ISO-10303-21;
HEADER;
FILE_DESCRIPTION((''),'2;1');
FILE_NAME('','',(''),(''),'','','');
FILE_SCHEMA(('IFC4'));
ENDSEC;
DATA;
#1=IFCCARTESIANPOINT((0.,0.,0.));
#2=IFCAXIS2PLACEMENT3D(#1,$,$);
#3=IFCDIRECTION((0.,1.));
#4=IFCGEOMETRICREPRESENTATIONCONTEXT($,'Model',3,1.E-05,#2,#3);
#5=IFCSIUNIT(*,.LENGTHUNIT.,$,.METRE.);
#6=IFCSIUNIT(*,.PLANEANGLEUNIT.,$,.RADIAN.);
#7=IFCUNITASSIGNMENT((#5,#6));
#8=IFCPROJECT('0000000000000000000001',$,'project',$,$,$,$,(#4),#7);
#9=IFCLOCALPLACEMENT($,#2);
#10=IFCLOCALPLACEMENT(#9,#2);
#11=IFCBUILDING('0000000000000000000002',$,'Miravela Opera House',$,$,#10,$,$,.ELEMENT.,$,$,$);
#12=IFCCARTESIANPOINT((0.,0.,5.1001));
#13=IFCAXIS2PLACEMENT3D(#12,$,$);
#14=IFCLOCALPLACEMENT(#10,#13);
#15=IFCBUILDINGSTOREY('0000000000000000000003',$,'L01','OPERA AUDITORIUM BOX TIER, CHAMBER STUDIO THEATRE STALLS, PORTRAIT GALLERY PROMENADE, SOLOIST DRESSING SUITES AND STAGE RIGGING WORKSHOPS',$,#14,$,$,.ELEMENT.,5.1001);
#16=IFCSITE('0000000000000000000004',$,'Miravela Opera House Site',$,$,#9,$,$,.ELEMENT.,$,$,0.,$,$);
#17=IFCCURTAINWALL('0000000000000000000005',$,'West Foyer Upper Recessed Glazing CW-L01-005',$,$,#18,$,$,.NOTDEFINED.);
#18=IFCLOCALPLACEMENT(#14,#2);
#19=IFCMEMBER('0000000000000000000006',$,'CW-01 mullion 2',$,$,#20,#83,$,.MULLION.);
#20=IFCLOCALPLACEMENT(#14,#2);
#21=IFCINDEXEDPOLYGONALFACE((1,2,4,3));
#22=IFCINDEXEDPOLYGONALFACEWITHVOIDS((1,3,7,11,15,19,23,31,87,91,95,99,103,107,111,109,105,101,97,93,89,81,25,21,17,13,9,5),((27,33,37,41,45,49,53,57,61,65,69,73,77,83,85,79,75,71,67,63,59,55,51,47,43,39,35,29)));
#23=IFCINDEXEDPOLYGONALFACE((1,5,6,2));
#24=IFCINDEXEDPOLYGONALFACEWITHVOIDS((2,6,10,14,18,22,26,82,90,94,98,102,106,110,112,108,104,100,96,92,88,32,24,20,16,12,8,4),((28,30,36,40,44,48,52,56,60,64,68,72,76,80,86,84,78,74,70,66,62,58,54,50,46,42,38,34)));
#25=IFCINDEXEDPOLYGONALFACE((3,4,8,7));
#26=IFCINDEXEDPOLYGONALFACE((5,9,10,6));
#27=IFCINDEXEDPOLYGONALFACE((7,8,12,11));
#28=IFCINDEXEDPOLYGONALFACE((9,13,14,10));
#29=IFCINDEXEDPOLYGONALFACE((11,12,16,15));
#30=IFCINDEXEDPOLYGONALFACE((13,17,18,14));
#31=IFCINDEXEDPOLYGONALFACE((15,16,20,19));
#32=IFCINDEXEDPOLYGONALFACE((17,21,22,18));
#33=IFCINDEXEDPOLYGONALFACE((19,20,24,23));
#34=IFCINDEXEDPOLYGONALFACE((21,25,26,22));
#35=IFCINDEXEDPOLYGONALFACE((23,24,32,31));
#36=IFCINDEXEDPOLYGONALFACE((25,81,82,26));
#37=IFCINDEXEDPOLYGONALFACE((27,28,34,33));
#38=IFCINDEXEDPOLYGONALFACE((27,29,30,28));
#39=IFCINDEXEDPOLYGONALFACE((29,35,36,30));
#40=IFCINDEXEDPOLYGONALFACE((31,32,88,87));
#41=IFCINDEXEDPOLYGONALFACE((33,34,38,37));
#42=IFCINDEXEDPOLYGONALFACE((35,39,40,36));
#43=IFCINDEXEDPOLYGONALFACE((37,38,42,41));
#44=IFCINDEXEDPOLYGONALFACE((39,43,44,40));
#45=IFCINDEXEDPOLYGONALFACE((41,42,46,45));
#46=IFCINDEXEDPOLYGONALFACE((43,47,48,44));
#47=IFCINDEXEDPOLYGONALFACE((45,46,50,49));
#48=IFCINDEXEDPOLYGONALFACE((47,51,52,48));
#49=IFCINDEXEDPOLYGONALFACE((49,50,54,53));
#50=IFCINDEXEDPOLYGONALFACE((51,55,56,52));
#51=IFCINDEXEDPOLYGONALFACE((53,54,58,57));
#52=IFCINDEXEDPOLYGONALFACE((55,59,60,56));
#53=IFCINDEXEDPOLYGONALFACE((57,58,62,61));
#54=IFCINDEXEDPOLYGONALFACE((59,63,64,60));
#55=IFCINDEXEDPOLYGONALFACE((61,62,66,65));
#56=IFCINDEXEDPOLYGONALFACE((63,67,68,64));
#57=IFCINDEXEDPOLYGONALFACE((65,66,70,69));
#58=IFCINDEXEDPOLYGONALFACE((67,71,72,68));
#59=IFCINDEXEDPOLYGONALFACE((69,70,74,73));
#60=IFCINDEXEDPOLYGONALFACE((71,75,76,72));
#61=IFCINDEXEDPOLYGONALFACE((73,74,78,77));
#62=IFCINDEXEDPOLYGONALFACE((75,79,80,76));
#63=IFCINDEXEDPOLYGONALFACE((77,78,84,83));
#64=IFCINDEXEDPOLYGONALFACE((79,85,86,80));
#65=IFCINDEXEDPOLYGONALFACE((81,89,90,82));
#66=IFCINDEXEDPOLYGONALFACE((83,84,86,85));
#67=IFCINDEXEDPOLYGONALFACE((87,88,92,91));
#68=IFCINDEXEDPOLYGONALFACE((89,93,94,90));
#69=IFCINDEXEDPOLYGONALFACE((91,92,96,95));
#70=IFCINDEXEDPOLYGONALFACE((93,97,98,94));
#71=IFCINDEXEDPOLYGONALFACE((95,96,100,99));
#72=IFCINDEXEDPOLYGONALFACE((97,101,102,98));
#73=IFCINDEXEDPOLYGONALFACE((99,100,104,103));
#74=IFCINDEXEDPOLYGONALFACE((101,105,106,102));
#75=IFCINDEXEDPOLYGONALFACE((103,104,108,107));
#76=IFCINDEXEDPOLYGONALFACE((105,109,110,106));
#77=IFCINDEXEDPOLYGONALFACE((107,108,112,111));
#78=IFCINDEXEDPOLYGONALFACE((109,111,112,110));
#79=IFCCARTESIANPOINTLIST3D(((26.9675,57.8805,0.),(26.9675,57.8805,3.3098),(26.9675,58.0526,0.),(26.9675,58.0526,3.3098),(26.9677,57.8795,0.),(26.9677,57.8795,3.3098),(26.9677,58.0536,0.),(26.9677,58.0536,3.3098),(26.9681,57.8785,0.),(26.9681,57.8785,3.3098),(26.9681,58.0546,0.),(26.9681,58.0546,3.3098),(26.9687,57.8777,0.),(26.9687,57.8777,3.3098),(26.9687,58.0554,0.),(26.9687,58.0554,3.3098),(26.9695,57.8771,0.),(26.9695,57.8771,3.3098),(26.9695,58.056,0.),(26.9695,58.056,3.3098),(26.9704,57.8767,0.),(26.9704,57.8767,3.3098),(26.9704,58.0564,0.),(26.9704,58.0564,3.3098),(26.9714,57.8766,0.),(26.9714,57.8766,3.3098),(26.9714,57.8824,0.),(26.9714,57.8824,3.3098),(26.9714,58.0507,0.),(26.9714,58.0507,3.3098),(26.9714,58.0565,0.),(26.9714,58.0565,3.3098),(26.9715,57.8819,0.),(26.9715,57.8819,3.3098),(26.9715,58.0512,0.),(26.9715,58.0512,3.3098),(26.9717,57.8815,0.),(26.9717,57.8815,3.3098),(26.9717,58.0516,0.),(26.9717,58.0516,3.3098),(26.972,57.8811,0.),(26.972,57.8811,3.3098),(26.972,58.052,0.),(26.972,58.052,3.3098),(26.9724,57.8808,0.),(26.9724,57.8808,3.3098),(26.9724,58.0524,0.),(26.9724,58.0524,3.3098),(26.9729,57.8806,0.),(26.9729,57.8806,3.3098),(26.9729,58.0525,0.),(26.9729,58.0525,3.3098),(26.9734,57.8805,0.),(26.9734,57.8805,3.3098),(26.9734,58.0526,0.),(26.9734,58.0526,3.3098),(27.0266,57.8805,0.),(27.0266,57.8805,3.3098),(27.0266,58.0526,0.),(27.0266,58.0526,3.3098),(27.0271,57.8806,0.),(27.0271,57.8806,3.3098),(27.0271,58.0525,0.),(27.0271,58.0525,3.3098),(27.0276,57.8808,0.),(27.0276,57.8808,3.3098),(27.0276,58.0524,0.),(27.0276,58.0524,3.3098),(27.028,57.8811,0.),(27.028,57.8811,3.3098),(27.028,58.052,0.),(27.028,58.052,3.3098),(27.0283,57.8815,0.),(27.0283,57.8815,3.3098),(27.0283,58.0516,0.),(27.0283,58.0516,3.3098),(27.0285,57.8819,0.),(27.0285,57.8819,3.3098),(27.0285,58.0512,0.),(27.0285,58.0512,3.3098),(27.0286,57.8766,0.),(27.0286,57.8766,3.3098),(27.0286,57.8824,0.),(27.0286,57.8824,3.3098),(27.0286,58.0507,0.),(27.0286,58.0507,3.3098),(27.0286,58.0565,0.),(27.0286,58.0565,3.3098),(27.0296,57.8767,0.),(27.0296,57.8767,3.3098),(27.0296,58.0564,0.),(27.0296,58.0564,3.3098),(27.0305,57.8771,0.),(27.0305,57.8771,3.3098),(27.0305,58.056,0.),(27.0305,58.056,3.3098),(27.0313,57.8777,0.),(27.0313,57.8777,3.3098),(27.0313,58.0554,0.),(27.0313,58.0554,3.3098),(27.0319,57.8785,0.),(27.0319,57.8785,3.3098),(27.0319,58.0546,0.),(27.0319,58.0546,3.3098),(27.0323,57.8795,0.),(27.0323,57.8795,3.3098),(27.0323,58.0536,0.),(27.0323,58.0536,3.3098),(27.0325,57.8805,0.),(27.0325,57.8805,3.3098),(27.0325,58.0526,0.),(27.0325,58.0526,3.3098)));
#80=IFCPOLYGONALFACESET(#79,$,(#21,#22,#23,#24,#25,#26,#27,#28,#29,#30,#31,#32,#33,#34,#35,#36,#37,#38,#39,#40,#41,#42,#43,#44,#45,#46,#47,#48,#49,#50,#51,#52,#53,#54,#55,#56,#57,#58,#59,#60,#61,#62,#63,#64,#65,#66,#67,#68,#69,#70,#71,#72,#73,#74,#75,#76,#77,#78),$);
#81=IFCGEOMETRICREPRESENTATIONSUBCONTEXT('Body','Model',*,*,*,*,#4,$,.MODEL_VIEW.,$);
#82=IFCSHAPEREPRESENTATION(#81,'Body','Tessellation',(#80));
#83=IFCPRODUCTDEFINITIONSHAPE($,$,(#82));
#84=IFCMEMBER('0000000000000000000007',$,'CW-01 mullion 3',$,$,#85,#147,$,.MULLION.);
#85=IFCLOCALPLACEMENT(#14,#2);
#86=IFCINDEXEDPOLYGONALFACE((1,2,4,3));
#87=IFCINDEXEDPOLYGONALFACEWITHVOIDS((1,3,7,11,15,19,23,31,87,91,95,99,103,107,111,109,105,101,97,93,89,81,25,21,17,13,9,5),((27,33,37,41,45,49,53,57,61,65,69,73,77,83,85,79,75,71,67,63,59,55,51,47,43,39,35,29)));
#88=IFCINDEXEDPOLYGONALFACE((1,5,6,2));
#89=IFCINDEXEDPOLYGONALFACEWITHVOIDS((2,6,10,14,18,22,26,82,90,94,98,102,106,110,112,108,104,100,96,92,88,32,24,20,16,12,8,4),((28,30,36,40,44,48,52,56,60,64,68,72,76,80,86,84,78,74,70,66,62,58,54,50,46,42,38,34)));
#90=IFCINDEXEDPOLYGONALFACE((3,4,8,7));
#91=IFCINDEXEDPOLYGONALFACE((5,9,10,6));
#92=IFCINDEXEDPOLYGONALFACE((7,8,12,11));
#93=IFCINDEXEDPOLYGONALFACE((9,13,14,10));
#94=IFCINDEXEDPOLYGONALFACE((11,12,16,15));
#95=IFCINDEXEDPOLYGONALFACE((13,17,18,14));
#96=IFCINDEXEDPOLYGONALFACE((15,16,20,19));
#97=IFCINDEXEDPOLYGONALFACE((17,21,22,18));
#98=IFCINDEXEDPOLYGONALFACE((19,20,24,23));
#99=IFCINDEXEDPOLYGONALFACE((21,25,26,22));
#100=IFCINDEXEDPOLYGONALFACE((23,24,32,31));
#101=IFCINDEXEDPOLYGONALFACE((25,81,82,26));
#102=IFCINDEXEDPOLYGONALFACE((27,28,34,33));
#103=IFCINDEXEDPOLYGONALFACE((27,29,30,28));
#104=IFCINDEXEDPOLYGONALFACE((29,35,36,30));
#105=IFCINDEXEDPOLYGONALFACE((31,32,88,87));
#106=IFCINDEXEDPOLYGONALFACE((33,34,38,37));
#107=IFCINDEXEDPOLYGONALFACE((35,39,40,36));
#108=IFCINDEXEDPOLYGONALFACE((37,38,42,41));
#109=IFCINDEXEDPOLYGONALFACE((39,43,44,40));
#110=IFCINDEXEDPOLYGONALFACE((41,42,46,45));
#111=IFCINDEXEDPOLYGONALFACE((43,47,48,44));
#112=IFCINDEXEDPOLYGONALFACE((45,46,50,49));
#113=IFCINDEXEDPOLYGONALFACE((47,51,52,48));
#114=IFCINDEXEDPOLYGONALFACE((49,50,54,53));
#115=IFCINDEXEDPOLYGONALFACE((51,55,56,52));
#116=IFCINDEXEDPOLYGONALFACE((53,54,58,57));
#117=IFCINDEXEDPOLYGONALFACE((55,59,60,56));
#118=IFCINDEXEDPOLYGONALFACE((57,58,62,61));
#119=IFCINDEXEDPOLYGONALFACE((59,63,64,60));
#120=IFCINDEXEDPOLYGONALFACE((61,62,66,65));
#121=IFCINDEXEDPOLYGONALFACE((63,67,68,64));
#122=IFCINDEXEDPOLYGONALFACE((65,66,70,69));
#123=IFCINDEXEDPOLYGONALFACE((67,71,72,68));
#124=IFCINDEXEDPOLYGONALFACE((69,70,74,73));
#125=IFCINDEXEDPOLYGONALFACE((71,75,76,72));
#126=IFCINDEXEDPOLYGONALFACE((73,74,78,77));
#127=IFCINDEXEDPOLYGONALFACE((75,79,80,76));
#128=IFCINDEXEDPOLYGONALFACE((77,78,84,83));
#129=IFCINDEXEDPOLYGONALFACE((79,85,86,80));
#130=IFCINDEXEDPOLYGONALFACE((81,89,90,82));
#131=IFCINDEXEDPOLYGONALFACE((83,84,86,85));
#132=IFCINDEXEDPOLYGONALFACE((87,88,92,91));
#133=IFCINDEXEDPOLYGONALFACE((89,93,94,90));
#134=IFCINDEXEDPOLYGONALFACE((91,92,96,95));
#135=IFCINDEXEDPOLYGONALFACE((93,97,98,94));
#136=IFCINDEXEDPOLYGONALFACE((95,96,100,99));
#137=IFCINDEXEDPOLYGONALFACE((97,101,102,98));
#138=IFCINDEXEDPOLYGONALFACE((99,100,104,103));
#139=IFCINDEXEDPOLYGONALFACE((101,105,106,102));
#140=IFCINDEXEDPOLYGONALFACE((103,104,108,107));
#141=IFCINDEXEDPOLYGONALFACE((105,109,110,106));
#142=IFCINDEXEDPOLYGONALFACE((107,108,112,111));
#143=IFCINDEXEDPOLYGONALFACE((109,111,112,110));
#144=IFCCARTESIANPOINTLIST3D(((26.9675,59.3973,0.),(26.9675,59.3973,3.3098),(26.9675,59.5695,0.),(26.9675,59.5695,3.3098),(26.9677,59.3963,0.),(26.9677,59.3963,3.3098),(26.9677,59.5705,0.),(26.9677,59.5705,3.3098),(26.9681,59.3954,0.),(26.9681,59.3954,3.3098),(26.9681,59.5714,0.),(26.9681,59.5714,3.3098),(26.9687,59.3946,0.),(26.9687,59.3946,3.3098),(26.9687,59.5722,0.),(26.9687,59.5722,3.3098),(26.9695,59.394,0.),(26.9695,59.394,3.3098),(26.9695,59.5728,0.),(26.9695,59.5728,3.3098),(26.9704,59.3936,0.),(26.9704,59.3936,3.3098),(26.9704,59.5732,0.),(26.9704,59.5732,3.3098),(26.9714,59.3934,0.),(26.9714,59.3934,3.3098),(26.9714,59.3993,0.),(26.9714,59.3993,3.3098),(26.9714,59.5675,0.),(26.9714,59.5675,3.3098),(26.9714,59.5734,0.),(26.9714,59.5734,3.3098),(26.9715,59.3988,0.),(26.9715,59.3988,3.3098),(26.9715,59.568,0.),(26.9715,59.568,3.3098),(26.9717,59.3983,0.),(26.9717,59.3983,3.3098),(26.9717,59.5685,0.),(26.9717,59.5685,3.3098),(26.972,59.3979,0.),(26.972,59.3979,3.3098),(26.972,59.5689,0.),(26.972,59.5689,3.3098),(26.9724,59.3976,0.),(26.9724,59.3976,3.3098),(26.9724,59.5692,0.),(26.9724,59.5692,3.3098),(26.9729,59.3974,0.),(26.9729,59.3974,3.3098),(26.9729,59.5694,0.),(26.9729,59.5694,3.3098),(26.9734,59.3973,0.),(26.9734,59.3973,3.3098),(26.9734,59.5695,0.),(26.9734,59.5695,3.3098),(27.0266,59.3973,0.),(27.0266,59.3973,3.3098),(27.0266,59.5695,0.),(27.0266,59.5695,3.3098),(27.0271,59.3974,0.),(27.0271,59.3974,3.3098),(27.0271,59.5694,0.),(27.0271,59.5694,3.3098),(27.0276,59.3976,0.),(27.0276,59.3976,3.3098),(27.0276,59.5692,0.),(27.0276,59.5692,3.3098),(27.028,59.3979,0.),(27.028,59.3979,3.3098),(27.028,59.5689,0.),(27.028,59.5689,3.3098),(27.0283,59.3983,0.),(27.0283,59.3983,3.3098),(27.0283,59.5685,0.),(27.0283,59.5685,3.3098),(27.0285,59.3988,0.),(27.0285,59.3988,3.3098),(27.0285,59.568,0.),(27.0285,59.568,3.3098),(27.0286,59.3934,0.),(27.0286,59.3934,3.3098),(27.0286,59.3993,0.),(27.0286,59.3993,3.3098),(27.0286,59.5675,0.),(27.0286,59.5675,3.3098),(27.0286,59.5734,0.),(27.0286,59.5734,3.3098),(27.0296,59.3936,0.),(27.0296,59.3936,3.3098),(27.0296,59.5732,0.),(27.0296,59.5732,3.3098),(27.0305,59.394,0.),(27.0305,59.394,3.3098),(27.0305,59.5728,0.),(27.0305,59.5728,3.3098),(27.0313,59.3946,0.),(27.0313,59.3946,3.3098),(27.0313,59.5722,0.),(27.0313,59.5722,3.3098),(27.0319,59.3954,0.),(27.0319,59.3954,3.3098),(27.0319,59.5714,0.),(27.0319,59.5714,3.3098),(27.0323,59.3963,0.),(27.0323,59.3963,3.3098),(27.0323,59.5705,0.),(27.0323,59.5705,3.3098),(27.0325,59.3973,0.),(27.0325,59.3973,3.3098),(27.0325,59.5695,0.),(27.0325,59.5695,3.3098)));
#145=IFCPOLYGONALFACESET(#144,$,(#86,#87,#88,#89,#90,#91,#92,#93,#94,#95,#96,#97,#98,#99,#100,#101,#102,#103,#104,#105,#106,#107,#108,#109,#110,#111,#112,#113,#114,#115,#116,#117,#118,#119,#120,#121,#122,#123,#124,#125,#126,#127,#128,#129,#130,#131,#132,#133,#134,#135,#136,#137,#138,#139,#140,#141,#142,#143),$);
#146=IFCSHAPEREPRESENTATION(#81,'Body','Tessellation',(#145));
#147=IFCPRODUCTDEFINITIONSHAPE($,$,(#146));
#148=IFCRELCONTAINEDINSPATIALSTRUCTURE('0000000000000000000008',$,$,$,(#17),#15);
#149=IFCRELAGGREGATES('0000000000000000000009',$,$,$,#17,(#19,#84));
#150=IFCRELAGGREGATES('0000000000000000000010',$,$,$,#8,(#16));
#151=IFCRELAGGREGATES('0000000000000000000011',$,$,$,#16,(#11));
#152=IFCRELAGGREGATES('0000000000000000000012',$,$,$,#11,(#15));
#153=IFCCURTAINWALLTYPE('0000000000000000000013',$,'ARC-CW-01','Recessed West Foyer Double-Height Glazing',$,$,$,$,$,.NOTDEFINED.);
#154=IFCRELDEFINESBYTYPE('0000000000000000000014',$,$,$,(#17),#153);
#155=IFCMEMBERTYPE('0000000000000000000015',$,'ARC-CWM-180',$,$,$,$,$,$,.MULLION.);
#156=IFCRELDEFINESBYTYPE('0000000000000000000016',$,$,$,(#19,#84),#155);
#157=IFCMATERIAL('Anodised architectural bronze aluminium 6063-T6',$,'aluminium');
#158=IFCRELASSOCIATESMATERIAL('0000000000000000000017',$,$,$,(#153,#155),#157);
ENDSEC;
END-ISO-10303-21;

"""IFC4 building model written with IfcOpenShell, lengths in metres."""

from ifc_helpers import new_model, si_unit, direction, frame, origin, origin_2d, place, context, subcontext, project, spatial, hollow_rectangle, extrude, material, material_profile, profile_set, type_object, element, aggregate, save


model = new_model("IFC4")

# Units and contexts
model_context = context("Model", 3, precision=1e-05, world=origin(), true_north=direction((0.0, 1.0)))
body_context = subcontext(model_context, "Body", "Model", "MODEL_VIEW")
ifc_project = project(units=[si_unit("LENGTHUNIT", "METRE"), si_unit("PLANEANGLEUNIT", "RADIAN")], contexts=[model_context])

# Site, building, storey
site_placement = place(None, origin())
site = spatial("IfcSite", under=ifc_project, at=site_placement, Name="Miravela Opera House Site", CompositionType="ELEMENT", RefElevation=0.0)
building_placement = place(site_placement, origin())
building = spatial("IfcBuilding", under=site, at=building_placement, Name="Miravela Opera House", CompositionType="ELEMENT")
storey_placement = place(building_placement, frame((0.0, 0.0, 5.1001)))
storey = spatial("IfcBuildingStorey", under=building, at=storey_placement, Name="L01", Description="OPERA AUDITORIUM BOX TIER, CHAMBER STUDIO THEATRE STALLS, PORTRAIT GALLERY PROMENADE, SOLOIST DRESSING SUITES AND STAGE RIGGING WORKSHOPS", CompositionType="ELEMENT", Elevation=5.1001)

# Curtain wall, members
ifc_material_1 = material(Name="Anodised architectural bronze aluminium 6063-T6", Category="aluminium")
curtain_wall_type = type_object("IfcCurtainWallType", Name="ARC-CW-01", Description="Recessed West Foyer Double-Height Glazing", PredefinedType="NOTDEFINED", material=ifc_material_1)
curtain_wall_placement = place(storey_placement, origin())
curtain_wall = element("IfcCurtainWall", 1, at=curtain_wall_placement, inside=storey, type_object=curtain_wall_type, Name="West Foyer Upper Recessed Glazing CW-L01-005", PredefinedType="NOTDEFINED")
ifc_material_profile_1 = material_profile(ifc_material_1, hollow_rectangle(XDim=0.0649, YDim=0.1799, WallThickness=0.0039, InnerFilletRadius=0.002, OuterFilletRadius=0.0039, at=origin_2d()), Name="CWM-65X180")
ifc_profile_set_1 = profile_set([ifc_material_profile_1])
member_type_1 = type_object("IfcMemberType", Name="ARC-CWM-180", PredefinedType="MULLION", material=ifc_profile_set_1)
member_1_placement = place(storey_placement, frame((27.0, 57.9666, 0.0), z_axis=(0.0, 0.0, 1.0), x_axis=(-1.0, 0.0, 0.0)))
member_1 = element("IfcMember", 2, at=member_1_placement, type_object=member_type_1, Name="CW-01 mullion 2", PredefinedType="MULLION", context=body_context, shape_type="SweptSolid", body=[
    extrude(hollow_rectangle(XDim=0.0649, YDim=0.1799, WallThickness=0.0039, InnerFilletRadius=0.002, OuterFilletRadius=0.0039, at=origin_2d()), origin(), (0.0, 0.0, 1.0), 3.3098),
])
member_2_placement = place(storey_placement, frame((27.0, 59.4834, 0.0), z_axis=(0.0, 0.0, 1.0), x_axis=(-1.0, 0.0, 0.0)))
member_2 = element("IfcMember", 3, at=member_2_placement, type_object=member_type_1, Name="CW-01 mullion 3", PredefinedType="MULLION", context=body_context, shape_type="SweptSolid", body=[
    extrude(hollow_rectangle(XDim=0.0649, YDim=0.1799, WallThickness=0.0039, InnerFilletRadius=0.002, OuterFilletRadius=0.0039, at=origin_2d()), origin(), (0.0, 0.0, 1.0), 3.3098),
])
aggregate(curtain_wall, [member_1, member_2])

save(model, "model.ifc")
